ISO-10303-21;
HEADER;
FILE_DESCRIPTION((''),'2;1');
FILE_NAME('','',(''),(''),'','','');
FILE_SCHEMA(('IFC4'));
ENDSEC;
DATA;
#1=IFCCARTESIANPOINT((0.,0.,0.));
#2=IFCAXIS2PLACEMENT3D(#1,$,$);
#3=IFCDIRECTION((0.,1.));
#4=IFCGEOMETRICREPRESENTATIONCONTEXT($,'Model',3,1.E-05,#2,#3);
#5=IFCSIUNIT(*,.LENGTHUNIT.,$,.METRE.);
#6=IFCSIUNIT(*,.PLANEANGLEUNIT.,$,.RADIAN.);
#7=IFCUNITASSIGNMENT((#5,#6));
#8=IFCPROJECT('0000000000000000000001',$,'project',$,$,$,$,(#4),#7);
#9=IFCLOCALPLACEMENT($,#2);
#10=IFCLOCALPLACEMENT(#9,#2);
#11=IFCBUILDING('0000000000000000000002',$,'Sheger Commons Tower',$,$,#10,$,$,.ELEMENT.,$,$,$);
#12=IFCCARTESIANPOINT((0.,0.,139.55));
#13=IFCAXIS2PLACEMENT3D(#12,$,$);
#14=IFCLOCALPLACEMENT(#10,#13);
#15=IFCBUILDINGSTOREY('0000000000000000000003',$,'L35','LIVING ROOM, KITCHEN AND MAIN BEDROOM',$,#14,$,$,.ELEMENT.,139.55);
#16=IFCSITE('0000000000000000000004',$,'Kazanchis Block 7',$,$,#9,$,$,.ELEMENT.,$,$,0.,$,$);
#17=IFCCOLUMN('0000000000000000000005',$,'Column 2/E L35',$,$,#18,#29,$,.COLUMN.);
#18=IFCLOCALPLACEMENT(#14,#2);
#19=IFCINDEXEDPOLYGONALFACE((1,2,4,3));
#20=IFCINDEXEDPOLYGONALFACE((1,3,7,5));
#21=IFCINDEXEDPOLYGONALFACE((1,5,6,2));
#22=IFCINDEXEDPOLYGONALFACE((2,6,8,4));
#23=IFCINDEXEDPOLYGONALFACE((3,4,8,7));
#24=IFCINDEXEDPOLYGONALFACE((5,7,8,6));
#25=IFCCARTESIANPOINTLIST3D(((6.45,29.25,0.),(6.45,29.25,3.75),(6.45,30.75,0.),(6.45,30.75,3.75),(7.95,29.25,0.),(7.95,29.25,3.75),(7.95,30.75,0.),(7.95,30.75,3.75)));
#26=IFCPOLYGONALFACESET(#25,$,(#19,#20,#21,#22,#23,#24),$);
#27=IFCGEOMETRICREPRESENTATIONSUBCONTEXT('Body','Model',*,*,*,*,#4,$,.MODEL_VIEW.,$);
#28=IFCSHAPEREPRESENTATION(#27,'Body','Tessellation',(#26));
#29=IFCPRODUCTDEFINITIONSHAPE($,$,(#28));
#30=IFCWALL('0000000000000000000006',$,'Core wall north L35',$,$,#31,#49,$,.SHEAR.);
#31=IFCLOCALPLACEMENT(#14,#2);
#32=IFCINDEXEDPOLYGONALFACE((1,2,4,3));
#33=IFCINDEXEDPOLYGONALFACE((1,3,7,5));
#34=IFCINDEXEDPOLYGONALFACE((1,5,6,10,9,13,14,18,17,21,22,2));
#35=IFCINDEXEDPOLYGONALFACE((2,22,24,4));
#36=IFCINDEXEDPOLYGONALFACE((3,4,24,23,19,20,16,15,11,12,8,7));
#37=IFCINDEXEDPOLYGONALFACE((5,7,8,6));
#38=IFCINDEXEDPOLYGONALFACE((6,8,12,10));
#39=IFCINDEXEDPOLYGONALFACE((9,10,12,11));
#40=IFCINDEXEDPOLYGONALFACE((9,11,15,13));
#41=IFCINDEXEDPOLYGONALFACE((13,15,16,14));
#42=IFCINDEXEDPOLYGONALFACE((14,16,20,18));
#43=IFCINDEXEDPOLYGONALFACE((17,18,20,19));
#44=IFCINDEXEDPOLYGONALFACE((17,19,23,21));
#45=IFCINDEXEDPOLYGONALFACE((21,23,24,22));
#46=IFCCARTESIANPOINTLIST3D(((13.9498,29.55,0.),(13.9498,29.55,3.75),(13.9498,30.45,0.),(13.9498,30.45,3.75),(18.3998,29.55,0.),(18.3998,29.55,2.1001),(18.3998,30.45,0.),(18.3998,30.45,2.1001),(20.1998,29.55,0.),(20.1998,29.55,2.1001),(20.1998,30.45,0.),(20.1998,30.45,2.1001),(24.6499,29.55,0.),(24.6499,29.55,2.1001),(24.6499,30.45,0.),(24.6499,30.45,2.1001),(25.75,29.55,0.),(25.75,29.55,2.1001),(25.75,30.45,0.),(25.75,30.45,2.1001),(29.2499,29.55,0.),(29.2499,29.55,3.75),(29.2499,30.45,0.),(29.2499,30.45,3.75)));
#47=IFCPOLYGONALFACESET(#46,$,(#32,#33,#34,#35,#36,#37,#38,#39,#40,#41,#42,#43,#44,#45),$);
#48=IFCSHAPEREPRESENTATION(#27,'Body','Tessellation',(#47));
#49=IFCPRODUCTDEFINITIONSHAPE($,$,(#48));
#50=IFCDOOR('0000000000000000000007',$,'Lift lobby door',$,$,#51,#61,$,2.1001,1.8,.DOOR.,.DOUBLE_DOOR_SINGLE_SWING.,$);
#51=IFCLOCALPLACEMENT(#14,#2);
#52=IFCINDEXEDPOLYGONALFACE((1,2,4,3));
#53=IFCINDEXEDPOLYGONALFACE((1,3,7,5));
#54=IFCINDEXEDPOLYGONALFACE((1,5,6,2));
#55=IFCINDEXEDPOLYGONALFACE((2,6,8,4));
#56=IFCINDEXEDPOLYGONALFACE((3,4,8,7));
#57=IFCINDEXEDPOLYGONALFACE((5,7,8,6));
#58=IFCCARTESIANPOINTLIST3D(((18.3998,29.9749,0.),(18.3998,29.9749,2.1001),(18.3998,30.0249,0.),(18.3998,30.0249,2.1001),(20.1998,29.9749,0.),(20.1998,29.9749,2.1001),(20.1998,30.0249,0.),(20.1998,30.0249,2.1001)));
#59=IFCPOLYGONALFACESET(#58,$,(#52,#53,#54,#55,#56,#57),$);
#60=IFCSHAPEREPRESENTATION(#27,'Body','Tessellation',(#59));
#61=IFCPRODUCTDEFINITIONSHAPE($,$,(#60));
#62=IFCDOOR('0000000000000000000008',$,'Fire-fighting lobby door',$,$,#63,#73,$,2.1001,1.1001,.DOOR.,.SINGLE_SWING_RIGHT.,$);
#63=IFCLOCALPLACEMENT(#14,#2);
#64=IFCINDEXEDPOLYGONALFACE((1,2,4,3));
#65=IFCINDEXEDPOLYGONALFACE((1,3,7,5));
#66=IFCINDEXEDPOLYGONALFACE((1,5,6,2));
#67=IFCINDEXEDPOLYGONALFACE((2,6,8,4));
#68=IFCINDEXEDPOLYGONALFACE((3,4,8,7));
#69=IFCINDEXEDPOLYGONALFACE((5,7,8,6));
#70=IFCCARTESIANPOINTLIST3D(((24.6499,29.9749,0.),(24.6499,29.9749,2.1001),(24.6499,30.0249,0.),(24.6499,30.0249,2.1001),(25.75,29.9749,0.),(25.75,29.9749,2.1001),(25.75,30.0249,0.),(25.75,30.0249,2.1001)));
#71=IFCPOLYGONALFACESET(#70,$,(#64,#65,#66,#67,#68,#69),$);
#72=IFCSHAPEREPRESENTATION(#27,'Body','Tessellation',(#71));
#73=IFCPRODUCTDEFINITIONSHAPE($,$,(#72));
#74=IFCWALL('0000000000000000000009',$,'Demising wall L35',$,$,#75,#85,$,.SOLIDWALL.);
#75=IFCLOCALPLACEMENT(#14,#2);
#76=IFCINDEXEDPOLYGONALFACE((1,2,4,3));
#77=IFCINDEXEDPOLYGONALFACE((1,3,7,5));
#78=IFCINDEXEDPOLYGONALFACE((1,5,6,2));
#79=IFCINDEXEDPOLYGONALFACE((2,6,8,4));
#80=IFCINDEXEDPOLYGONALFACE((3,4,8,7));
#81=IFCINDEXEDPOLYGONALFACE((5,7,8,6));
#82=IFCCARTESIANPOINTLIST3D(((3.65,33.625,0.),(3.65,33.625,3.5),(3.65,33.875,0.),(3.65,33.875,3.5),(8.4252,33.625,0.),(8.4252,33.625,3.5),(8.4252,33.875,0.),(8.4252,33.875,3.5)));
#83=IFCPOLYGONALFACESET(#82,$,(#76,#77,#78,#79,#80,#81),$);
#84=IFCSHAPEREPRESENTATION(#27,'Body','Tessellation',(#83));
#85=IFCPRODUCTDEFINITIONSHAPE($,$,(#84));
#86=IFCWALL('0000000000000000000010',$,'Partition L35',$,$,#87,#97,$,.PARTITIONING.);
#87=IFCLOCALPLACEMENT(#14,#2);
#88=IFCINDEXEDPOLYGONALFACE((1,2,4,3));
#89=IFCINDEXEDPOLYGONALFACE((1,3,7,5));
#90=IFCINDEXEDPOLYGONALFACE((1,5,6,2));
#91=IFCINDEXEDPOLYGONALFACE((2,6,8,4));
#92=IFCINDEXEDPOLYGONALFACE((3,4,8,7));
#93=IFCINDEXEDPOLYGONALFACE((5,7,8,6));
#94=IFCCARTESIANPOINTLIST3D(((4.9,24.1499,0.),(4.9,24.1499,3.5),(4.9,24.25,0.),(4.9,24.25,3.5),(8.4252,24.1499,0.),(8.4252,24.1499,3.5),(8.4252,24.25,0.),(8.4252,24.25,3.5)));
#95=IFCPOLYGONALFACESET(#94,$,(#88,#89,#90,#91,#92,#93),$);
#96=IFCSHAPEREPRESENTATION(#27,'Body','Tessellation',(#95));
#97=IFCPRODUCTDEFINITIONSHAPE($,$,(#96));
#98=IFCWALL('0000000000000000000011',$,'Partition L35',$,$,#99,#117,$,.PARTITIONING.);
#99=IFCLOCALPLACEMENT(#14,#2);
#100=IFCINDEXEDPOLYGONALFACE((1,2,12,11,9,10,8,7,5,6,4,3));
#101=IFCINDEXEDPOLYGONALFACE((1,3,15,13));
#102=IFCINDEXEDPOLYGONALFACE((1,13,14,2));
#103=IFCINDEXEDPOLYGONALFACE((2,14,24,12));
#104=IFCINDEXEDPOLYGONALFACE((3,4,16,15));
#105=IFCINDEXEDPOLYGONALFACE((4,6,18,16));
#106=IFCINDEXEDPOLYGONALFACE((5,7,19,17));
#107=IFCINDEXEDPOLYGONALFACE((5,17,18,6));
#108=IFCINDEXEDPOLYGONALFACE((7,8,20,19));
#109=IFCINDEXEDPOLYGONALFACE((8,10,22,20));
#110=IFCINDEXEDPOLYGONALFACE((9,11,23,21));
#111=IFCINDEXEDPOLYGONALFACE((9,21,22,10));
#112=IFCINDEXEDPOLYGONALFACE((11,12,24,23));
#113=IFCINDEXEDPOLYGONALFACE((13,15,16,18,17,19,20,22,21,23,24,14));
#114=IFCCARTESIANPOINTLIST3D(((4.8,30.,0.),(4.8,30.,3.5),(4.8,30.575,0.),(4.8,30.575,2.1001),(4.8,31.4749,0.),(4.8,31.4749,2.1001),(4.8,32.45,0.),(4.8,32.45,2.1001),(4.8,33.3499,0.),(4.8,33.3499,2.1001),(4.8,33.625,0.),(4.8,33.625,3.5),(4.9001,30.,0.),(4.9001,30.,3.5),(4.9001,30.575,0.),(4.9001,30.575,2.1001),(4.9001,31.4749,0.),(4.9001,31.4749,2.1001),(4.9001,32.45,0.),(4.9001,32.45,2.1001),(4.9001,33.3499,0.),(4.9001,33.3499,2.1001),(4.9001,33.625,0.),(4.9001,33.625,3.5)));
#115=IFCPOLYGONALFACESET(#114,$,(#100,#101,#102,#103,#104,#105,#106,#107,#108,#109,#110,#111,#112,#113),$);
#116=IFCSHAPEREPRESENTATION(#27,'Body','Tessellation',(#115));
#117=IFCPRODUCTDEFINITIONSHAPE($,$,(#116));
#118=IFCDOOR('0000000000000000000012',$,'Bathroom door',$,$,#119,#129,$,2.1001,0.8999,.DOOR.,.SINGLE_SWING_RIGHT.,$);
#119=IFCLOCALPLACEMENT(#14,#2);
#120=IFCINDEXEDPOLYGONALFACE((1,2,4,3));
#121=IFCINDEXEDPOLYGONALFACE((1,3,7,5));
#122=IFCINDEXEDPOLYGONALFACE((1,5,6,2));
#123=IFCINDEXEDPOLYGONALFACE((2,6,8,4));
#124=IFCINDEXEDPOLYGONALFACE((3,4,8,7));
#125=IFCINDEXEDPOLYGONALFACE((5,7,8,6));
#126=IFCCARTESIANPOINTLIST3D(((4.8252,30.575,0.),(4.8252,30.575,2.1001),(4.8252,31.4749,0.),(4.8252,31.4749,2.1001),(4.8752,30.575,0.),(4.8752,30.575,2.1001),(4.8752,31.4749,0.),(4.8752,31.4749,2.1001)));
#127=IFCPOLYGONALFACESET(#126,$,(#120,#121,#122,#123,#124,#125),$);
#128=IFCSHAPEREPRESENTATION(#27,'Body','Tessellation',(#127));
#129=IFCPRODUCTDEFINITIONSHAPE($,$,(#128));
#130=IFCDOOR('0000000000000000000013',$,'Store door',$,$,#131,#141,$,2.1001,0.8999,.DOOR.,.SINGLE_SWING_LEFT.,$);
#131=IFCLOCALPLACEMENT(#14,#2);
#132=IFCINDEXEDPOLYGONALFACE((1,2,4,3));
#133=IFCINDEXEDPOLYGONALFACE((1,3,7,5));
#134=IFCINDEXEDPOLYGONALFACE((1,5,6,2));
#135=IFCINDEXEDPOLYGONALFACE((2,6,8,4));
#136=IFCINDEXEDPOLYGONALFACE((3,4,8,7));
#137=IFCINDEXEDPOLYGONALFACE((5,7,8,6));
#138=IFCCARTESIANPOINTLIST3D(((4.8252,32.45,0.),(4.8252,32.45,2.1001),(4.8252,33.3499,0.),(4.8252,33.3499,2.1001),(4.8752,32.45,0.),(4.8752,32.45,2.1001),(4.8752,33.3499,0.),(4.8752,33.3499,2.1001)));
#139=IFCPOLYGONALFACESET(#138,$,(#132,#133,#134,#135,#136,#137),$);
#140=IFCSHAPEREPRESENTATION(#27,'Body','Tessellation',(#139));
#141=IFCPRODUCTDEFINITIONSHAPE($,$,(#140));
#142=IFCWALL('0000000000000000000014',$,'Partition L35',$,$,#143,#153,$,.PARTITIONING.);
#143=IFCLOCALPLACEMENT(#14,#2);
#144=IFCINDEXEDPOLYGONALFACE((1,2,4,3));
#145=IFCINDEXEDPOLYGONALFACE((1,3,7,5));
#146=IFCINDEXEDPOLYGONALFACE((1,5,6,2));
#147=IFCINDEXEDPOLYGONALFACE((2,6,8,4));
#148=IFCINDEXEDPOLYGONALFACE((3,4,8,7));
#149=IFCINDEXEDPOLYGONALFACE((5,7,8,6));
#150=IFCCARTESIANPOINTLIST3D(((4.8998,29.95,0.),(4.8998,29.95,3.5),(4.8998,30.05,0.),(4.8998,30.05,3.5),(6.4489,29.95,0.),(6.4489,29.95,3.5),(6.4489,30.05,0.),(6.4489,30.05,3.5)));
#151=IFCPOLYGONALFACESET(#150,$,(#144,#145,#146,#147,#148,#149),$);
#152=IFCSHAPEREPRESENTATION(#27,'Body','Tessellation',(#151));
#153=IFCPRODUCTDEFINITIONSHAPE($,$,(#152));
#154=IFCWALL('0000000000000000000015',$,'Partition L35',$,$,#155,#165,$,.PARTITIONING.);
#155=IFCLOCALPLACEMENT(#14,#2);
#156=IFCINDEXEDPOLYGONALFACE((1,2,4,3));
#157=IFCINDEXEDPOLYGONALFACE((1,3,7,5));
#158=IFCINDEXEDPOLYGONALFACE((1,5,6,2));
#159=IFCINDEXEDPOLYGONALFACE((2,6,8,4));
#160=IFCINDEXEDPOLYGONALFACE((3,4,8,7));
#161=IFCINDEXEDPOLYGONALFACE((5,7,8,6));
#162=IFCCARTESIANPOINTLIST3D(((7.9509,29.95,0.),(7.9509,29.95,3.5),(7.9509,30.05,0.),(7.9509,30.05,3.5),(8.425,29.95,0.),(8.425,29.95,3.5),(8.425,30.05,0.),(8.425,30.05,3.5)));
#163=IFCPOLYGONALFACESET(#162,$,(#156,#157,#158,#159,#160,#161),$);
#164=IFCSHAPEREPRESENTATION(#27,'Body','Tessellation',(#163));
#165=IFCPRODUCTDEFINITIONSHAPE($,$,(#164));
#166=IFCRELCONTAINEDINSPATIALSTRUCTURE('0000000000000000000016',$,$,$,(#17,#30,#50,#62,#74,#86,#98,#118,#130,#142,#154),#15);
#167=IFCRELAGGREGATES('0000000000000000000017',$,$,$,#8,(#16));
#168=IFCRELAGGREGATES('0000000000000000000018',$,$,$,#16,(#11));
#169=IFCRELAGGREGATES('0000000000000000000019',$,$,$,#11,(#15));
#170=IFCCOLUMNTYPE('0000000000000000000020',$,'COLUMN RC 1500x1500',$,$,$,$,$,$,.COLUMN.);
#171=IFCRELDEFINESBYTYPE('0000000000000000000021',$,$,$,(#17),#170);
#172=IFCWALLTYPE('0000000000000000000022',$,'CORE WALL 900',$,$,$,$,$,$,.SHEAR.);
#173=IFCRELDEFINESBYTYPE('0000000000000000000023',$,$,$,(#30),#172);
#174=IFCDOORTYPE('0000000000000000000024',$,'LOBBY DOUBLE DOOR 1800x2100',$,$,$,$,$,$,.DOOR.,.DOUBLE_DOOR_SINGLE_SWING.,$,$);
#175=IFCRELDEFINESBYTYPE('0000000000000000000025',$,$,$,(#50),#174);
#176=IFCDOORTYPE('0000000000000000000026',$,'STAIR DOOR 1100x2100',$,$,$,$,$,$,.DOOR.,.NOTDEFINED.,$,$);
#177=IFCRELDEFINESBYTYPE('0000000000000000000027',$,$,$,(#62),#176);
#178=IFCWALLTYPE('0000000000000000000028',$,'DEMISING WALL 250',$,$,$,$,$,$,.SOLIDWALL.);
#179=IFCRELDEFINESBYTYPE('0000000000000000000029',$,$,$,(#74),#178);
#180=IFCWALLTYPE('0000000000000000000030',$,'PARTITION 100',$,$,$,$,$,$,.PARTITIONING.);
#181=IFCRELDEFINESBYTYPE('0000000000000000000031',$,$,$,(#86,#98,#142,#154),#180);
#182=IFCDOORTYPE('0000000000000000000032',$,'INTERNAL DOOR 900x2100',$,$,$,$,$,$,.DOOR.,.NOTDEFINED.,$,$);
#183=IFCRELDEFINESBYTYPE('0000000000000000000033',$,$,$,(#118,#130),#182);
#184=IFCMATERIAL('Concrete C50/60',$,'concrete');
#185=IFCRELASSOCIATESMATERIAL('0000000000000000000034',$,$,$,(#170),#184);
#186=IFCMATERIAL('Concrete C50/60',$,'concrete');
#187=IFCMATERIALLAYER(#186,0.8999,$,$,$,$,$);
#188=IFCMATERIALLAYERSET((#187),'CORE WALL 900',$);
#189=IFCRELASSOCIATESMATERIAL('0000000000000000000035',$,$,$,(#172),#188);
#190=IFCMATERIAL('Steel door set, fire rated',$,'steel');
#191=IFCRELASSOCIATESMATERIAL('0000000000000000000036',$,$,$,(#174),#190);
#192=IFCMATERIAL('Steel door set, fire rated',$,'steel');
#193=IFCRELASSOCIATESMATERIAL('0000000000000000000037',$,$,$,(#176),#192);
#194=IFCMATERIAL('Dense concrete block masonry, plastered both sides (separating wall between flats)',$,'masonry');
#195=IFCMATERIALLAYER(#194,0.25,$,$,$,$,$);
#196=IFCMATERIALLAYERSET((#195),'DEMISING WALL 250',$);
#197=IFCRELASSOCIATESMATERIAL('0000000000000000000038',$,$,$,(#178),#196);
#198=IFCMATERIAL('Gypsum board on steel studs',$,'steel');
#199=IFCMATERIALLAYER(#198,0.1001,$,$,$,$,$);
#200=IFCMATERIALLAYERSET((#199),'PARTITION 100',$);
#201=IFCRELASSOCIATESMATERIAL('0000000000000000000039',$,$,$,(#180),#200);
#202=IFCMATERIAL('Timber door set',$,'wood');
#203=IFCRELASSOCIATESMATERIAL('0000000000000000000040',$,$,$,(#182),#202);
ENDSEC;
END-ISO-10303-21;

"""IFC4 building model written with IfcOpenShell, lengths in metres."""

from ifc_helpers import new_model, si_unit, direction, frame, frame_2d, origin, origin_2d, place, context, subcontext, project, spatial, rectangle, extrude, material, layer, layer_set, material_profile, profile_set, type_object, element, fill, save


model = new_model("IFC4")

# Units and contexts
model_context = context("Model", 3, precision=1e-05, world=origin(), true_north=direction((0.0, 1.0)))
body_context = subcontext(model_context, "Body", "Model", "MODEL_VIEW")
ifc_project = project(units=[si_unit("LENGTHUNIT", "METRE"), si_unit("PLANEANGLEUNIT", "RADIAN")], contexts=[model_context])

# Site, building, storey
site_placement = place(None, origin())
site = spatial("IfcSite", under=ifc_project, at=site_placement, Name="Kazanchis Block 7", CompositionType="ELEMENT", RefElevation=0.0)
building_placement = place(site_placement, origin())
building = spatial("IfcBuilding", under=site, at=building_placement, Name="Sheger Commons Tower", CompositionType="ELEMENT")
storey_placement = place(building_placement, frame((0.0, 0.0, 139.55)))
storey = spatial("IfcBuildingStorey", under=building, at=storey_placement, Name="L35", Description="LIVING ROOM, KITCHEN AND MAIN BEDROOM", CompositionType="ELEMENT", Elevation=139.55)

# Column
ifc_material_1 = material(Name="Concrete C50/60", Category="concrete")
ifc_material_profile = material_profile(ifc_material_1, rectangle(XDim=1.5, YDim=1.5, at=origin_2d()), Name="RC 1500x1500")
ifc_profile_set = profile_set([ifc_material_profile], Name="Concrete C50/60")
column_type = type_object("IfcColumnType", Name="COLUMN RC 1500x1500", PredefinedType="COLUMN", material=ifc_profile_set)
column_placement = place(storey_placement, frame((7.2, 30.0, 0.0), z_axis=(0.0, 0.0, 1.0), x_axis=(1.0, 0.0, 0.0)))
element("IfcColumn", 1, at=column_placement, inside=storey, type_object=column_type, Name="Column 2/E L35", PredefinedType="COLUMN", context=body_context, shape_type="SweptSolid", body=[
    extrude(rectangle(XDim=1.5, YDim=1.5, at=origin_2d()), origin(), (0.0, 0.0, 1.0), 3.75),
])

# Wall, openings, doors
ifc_material_2 = material(Name="Concrete C50/60", Category="concrete")
ifc_layer_1 = layer(ifc_material_2, 0.8999)
ifc_layer_set_1 = layer_set([ifc_layer_1], Name="CORE WALL 900")
wall_type_1 = type_object("IfcWallType", Name="CORE WALL 900", PredefinedType="SHEAR", material=ifc_layer_set_1)
wall_1_placement = place(storey_placement, frame((13.95, 30.0, 0.0), z_axis=(0.0, 0.0, 1.0), x_axis=(1.0, 0.0, 0.0)))
wall_1 = element("IfcWall", 2, at=wall_1_placement, inside=storey, type_object=wall_type_1, Name="Core wall north L35", PredefinedType="SHEAR", context=body_context, shape_type="SweptSolid", body=[
    extrude(rectangle(XDim=15.3, YDim=0.8999, at=frame_2d((7.6499, 0.0))), origin(), (0.0, 0.0, 1.0), 3.75),
])
opening_1_placement = place(wall_1_placement, frame((4.45, 0.0, 0.0)))
opening_1 = element("IfcOpeningElement", 3, at=opening_1_placement, cuts=wall_1, PredefinedType="OPENING", context=body_context, shape_type="SweptSolid", body=[
    extrude(rectangle(XDim=1.8, YDim=2.1001, at=frame_2d((0.8999, 1.05))), frame((0.0, 0.46, 0.0), z_axis=(0.0, -1.0, 0.0), x_axis=(1.0, 0.0, 0.0)), (0.0, 0.0, 1.0), 0.9199),
])
opening_2_placement = place(wall_1_placement, frame((10.7, 0.0, 0.0)))
opening_2 = element("IfcOpeningElement", 4, at=opening_2_placement, cuts=wall_1, PredefinedType="OPENING", context=body_context, shape_type="SweptSolid", body=[
    extrude(rectangle(XDim=1.1001, YDim=2.1001, at=frame_2d((0.55, 1.05))), frame((0.0, 0.46, 0.0), z_axis=(0.0, -1.0, 0.0), x_axis=(1.0, 0.0, 0.0)), (0.0, 0.0, 1.0), 0.9199),
])
ifc_material_3 = material(Name="Steel door set, fire rated", Category="steel")
door_type_1 = type_object("IfcDoorType", Name="LOBBY DOUBLE DOOR 1800x2100", OperationType="DOUBLE_DOOR_SINGLE_SWING", PredefinedType="DOOR", material=ifc_material_3)
door_1_placement = place(opening_1_placement, origin())
door_1 = element("IfcDoor", 5, at=door_1_placement, inside=storey, type_object=door_type_1, Name="Lift lobby door", OperationType="DOUBLE_DOOR_SINGLE_SWING", OverallHeight=2.1001, OverallWidth=1.8, PredefinedType="DOOR", context=body_context, shape_type="SweptSolid", body=[
    extrude(rectangle(XDim=1.8, YDim=2.1001, at=frame_2d((0.8999, 1.05))), frame((0.0, 0.0249, 0.0), z_axis=(0.0, -1.0, 0.0), x_axis=(1.0, 0.0, 0.0)), (0.0, 0.0, 1.0), 0.05),
])
fill(opening_1, door_1)
ifc_material_4 = material(Name="Steel door set, fire rated", Category="steel")
door_type_2 = type_object("IfcDoorType", Name="STAIR DOOR 1100x2100", OperationType="NOTDEFINED", PredefinedType="DOOR", material=ifc_material_4)
door_2_placement = place(opening_2_placement, origin())
door_2 = element("IfcDoor", 6, at=door_2_placement, inside=storey, type_object=door_type_2, Name="Fire-fighting lobby door", OperationType="SINGLE_SWING_RIGHT", OverallHeight=2.1001, OverallWidth=1.1001, PredefinedType="DOOR", context=body_context, shape_type="SweptSolid", body=[
    extrude(rectangle(XDim=1.1001, YDim=2.1001, at=frame_2d((0.55, 1.05))), frame((0.0, 0.0249, 0.0), z_axis=(0.0, -1.0, 0.0), x_axis=(1.0, 0.0, 0.0)), (0.0, 0.0, 1.0), 0.05),
])
fill(opening_2, door_2)

# Walls
ifc_material_5 = material(Name="Dense concrete block masonry, plastered both sides (separating wall between flats)", Category="masonry")
ifc_layer_2 = layer(ifc_material_5, 0.25)
ifc_layer_set_2 = layer_set([ifc_layer_2], Name="DEMISING WALL 250")
wall_type_2 = type_object("IfcWallType", Name="DEMISING WALL 250", PredefinedType="SOLIDWALL", material=ifc_layer_set_2)
wall_2_placement = place(storey_placement, frame((3.6499, 33.75, 0.0), z_axis=(0.0, 0.0, 1.0), x_axis=(1.0, 0.0, 0.0)))
element("IfcWall", 7, at=wall_2_placement, inside=storey, type_object=wall_type_2, Name="Demising wall L35", PredefinedType="SOLIDWALL", context=body_context, shape_type="SweptSolid", body=[
    extrude(rectangle(XDim=4.7751, YDim=0.25, at=frame_2d((2.3877, 0.0))), origin(), (0.0, 0.0, 1.0), 3.5),
])
ifc_material_6 = material(Name="Gypsum board on steel studs", Category="steel")
ifc_layer_3 = layer(ifc_material_6, 0.1001)
ifc_layer_set_3 = layer_set([ifc_layer_3], Name="PARTITION 100")
wall_type_3 = type_object("IfcWallType", Name="PARTITION 100", PredefinedType="PARTITIONING", material=ifc_layer_set_3)
wall_3_placement = place(storey_placement, frame((4.8999, 24.2, 0.0), z_axis=(0.0, 0.0, 1.0), x_axis=(1.0, 0.0, 0.0)))
element("IfcWall", 8, at=wall_3_placement, inside=storey, type_object=wall_type_3, Name="Partition L35", PredefinedType="PARTITIONING", context=body_context, shape_type="SweptSolid", body=[
    extrude(rectangle(XDim=3.5251, YDim=0.1001, at=frame_2d((1.7627, 0.0))), origin(), (0.0, 0.0, 1.0), 3.5),
])

# Wall, openings, doors
wall_4_placement = place(storey_placement, frame((4.8501, 30.0, 0.0), z_axis=(0.0, 0.0, 1.0), x_axis=(0.0, 1.0, 0.0)))
wall_4 = element("IfcWall", 9, at=wall_4_placement, inside=storey, type_object=wall_type_3, Name="Partition L35", PredefinedType="PARTITIONING", context=body_context, shape_type="SweptSolid", body=[
    extrude(rectangle(XDim=3.625, YDim=0.1001, at=frame_2d((1.8125, 0.0))), origin(), (0.0, 0.0, 1.0), 3.5),
])
opening_3_placement = place(wall_4_placement, frame((0.575, 0.0, 0.0)))
opening_3 = element("IfcOpeningElement", 10, at=opening_3_placement, cuts=wall_4, PredefinedType="OPENING", context=body_context, shape_type="SweptSolid", body=[
    extrude(rectangle(XDim=0.8999, YDim=2.1001, at=frame_2d((0.45, 1.05))), frame((0.0, 0.0601, 0.0), z_axis=(0.0, -1.0, 0.0), x_axis=(1.0, 0.0, 0.0)), (0.0, 0.0, 1.0), 0.1201),
])
opening_4_placement = place(wall_4_placement, frame((2.45, 0.0, 0.0)))
opening_4 = element("IfcOpeningElement", 11, at=opening_4_placement, cuts=wall_4, PredefinedType="OPENING", context=body_context, shape_type="SweptSolid", body=[
    extrude(rectangle(XDim=0.8999, YDim=2.1001, at=frame_2d((0.45, 1.05))), frame((0.0, 0.0601, 0.0), z_axis=(0.0, -1.0, 0.0), x_axis=(1.0, 0.0, 0.0)), (0.0, 0.0, 1.0), 0.1201),
])
ifc_material_7 = material(Name="Timber door set", Category="wood")
door_type_3 = type_object("IfcDoorType", Name="INTERNAL DOOR 900x2100", OperationType="NOTDEFINED", PredefinedType="DOOR", material=ifc_material_7)
door_3_placement = place(opening_3_placement, origin())
door_3 = element("IfcDoor", 12, at=door_3_placement, inside=storey, type_object=door_type_3, Name="Bathroom door", OperationType="SINGLE_SWING_RIGHT", OverallHeight=2.1001, OverallWidth=0.8999, PredefinedType="DOOR", context=body_context, shape_type="SweptSolid", body=[
    extrude(rectangle(XDim=0.8999, YDim=2.1001, at=frame_2d((0.45, 1.05))), frame((0.0, 0.0249, 0.0), z_axis=(0.0, -1.0, 0.0), x_axis=(1.0, 0.0, 0.0)), (0.0, 0.0, 1.0), 0.05),
])
fill(opening_3, door_3)
door_4_placement = place(opening_4_placement, origin())
door_4 = element("IfcDoor", 13, at=door_4_placement, inside=storey, type_object=door_type_3, Name="Store door", OperationType="SINGLE_SWING_LEFT", OverallHeight=2.1001, OverallWidth=0.8999, PredefinedType="DOOR", context=body_context, shape_type="SweptSolid", body=[
    extrude(rectangle(XDim=0.8999, YDim=2.1001, at=frame_2d((0.45, 1.05))), frame((0.0, 0.0249, 0.0), z_axis=(0.0, -1.0, 0.0), x_axis=(1.0, 0.0, 0.0)), (0.0, 0.0, 1.0), 0.05),
])
fill(opening_4, door_4)

# Walls
wall_5_placement = place(storey_placement, frame((4.8999, 30.0, 0.0), z_axis=(0.0, 0.0, 1.0), x_axis=(1.0, 0.0, 0.0)))
element("IfcWall", 14, at=wall_5_placement, inside=storey, type_object=wall_type_3, Name="Partition L35", PredefinedType="PARTITIONING", context=body_context, shape_type="SweptSolid", body=[
    extrude(rectangle(XDim=1.5491, YDim=0.1001, at=frame_2d((0.7744, 0.0))), origin(), (0.0, 0.0, 1.0), 3.5),
])
wall_6_placement = place(storey_placement, frame((7.9509, 30.0, 0.0), z_axis=(0.0, 0.0, 1.0), x_axis=(1.0, 0.0, 0.0)))
element("IfcWall", 15, at=wall_6_placement, inside=storey, type_object=wall_type_3, Name="Partition L35", PredefinedType="PARTITIONING", context=body_context, shape_type="SweptSolid", body=[
    extrude(rectangle(XDim=0.4741, YDim=0.1001, at=frame_2d((0.2371, 0.0))), origin(), (0.0, 0.0, 1.0), 3.5),
])

save(model, "model.ifc")
